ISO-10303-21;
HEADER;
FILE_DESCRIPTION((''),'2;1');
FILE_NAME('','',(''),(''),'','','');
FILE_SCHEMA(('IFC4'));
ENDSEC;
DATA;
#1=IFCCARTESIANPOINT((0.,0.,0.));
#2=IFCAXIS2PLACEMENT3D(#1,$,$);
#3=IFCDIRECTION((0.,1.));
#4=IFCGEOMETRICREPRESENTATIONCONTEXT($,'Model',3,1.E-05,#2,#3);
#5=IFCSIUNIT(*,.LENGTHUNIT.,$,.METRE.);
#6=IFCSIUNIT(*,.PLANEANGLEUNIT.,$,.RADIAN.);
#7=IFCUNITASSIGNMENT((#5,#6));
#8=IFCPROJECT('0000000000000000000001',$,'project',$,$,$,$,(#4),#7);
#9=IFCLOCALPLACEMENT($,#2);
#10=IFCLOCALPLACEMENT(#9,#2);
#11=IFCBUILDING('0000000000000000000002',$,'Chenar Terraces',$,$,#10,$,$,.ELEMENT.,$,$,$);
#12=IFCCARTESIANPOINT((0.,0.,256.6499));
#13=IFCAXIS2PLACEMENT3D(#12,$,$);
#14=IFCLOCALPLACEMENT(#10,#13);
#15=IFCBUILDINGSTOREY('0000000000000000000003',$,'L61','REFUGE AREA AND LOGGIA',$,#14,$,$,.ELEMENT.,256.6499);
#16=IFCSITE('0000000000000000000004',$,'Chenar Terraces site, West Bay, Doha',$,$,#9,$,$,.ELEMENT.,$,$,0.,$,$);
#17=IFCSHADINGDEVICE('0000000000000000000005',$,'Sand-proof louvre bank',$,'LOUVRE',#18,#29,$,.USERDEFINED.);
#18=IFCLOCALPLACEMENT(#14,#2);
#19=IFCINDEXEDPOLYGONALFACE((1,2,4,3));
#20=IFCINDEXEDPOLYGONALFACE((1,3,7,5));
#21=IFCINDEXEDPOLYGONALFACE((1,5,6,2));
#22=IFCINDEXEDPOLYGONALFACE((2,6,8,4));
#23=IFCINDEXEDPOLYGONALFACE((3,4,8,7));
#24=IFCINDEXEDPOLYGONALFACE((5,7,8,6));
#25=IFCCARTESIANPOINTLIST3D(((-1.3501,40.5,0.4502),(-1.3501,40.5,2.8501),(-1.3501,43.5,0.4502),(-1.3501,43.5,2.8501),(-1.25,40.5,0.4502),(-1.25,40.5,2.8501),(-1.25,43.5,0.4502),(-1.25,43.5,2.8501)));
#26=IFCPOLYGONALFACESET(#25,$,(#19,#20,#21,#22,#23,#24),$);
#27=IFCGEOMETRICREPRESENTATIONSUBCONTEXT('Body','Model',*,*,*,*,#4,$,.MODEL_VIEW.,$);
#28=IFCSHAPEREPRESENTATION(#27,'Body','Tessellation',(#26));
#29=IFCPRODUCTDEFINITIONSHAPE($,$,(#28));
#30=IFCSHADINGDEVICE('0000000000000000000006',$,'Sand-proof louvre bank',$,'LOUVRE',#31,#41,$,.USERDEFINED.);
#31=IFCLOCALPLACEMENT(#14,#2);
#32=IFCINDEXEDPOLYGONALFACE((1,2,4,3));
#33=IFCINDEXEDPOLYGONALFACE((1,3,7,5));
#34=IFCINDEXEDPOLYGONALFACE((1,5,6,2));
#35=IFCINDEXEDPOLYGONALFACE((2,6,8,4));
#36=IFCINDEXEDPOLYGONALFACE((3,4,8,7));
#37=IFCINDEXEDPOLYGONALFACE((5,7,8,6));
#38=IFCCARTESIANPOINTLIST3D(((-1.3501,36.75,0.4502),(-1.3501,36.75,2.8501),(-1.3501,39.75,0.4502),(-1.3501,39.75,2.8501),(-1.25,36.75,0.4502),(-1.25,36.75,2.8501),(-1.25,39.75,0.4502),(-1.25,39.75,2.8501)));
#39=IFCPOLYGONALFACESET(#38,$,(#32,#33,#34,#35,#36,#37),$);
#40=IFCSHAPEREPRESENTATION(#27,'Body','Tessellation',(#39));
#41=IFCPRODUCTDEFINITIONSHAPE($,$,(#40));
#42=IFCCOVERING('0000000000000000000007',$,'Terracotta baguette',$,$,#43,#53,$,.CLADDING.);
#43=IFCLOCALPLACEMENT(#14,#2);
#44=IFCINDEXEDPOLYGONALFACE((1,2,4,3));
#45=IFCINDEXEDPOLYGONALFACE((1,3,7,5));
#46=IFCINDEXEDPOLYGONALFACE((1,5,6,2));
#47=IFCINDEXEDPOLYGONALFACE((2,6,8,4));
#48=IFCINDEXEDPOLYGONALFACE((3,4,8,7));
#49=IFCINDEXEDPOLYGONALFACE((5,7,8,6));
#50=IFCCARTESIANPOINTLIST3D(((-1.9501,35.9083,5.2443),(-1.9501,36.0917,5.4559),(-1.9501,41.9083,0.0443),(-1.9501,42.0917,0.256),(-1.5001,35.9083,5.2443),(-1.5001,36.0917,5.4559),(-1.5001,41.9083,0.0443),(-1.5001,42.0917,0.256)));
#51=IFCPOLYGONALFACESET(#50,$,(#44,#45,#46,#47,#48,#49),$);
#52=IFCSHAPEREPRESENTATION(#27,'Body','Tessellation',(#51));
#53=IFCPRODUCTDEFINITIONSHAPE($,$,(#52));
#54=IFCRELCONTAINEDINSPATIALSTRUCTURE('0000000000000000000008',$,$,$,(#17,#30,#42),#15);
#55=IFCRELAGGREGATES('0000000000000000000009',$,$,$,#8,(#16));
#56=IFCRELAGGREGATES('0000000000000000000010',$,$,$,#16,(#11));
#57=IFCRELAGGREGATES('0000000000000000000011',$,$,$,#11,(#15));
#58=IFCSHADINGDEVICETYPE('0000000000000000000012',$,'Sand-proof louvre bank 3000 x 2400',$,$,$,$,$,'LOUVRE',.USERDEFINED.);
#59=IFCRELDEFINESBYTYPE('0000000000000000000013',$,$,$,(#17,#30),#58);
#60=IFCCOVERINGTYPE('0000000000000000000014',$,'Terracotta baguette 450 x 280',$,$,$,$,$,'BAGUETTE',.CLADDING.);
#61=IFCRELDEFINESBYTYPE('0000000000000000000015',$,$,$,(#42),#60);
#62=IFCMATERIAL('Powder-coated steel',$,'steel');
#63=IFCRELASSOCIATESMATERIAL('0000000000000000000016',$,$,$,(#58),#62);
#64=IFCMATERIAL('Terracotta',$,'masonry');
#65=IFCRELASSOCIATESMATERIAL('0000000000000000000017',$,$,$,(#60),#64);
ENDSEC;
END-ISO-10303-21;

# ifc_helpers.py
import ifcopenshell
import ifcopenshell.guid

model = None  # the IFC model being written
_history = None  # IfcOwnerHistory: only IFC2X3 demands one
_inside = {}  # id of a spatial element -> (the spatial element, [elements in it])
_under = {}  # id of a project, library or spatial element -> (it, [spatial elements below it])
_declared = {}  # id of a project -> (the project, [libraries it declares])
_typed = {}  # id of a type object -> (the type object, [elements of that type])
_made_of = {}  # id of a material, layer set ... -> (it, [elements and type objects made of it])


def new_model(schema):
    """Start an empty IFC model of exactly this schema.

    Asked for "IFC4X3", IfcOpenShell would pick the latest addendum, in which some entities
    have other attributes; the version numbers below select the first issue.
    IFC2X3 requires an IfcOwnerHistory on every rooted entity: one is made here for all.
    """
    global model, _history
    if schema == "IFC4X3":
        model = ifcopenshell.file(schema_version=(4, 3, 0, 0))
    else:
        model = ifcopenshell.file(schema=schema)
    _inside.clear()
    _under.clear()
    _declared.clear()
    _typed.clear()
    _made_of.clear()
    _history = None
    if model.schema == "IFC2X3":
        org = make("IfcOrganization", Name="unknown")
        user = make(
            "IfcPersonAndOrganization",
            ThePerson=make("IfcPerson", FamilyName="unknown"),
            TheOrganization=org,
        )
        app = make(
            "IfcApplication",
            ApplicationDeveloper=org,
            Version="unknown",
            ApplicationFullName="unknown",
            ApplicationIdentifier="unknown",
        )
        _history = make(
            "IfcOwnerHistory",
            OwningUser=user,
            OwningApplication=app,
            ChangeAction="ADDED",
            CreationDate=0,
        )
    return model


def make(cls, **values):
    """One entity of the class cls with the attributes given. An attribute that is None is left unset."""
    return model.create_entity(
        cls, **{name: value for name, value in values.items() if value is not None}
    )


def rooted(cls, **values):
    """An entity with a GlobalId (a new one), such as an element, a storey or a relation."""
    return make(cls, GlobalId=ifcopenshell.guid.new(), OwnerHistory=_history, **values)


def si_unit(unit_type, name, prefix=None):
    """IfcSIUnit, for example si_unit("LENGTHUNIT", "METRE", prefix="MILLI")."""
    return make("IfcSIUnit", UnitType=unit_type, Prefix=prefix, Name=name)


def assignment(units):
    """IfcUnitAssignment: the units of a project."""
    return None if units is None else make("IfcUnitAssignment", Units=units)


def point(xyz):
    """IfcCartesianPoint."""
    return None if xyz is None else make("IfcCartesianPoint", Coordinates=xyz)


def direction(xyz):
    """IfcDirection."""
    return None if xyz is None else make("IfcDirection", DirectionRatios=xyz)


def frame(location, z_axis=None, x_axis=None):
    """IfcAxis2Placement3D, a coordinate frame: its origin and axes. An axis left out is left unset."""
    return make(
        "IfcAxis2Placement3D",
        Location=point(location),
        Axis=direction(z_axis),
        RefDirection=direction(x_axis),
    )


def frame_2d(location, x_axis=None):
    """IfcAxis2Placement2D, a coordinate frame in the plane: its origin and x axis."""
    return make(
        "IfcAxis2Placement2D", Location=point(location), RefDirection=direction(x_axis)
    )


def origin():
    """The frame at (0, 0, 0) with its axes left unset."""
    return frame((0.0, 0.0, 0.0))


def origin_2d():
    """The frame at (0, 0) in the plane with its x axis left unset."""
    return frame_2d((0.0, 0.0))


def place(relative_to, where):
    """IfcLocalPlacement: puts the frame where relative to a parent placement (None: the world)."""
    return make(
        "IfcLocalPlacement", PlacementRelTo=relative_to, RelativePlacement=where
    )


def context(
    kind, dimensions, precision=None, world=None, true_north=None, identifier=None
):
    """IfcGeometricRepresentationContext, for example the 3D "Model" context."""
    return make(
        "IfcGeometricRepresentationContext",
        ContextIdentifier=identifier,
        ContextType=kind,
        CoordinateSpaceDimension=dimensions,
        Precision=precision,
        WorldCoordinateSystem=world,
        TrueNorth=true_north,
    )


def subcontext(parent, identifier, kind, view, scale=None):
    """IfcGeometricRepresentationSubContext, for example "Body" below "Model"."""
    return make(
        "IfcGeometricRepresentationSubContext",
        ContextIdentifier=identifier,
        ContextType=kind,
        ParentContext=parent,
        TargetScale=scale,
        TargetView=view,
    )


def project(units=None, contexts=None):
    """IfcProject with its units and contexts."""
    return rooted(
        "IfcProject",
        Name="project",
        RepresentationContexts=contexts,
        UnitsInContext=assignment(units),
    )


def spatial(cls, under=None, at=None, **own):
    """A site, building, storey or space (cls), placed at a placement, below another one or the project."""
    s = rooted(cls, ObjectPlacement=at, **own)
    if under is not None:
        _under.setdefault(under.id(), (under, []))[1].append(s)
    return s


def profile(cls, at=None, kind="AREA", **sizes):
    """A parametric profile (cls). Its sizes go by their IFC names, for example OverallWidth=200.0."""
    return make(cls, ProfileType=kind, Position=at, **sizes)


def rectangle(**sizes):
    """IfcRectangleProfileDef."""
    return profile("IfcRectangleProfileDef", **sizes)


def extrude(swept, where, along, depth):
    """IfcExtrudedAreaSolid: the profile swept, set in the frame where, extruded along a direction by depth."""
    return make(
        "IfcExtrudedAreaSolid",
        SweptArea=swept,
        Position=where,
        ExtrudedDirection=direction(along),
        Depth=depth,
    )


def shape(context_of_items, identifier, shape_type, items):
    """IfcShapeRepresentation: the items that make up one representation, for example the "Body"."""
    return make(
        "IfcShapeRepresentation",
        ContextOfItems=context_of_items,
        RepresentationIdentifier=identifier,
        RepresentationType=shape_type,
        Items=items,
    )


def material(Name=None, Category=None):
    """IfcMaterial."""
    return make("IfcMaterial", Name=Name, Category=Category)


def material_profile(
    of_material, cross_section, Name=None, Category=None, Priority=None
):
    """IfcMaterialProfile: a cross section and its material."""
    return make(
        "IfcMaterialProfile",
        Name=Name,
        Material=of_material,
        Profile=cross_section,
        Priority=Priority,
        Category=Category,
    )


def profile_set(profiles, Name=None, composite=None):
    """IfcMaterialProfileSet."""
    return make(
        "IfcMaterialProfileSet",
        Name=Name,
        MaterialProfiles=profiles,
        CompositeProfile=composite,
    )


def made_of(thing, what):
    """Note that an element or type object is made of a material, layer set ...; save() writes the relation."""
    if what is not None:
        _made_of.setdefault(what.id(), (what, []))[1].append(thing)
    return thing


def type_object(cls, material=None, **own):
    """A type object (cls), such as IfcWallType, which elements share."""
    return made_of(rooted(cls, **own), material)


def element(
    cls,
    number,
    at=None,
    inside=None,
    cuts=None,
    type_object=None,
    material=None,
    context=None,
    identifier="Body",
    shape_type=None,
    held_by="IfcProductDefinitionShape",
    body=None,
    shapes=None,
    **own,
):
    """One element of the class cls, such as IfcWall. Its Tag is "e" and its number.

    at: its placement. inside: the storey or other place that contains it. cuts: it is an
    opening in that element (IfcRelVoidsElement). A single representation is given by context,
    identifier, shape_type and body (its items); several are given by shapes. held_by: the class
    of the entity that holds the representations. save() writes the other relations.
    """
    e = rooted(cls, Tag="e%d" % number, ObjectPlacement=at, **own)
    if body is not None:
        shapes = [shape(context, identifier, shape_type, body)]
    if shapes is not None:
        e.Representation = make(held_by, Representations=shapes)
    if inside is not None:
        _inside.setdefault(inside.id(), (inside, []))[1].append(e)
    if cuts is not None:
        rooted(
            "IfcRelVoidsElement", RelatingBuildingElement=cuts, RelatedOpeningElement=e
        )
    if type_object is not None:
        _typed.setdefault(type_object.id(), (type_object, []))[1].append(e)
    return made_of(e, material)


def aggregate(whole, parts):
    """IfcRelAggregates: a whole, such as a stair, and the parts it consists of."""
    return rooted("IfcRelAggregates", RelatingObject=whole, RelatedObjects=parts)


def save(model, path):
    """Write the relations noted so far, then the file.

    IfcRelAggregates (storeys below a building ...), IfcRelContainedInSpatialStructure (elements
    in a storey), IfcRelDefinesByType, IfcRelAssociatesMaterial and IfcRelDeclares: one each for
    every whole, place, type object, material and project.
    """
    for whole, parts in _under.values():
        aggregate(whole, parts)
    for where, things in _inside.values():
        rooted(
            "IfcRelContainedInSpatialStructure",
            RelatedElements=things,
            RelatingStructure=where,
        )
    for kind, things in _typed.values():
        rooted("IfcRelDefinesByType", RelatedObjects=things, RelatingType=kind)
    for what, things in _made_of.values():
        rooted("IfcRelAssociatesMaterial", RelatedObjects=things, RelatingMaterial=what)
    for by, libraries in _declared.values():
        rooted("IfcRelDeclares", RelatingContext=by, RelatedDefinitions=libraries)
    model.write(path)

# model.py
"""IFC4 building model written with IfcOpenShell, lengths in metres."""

from ifc_helpers import new_model, si_unit, direction, frame, origin, origin_2d, place, context, subcontext, project, spatial, rectangle, extrude, material, material_profile, profile_set, type_object, element, save


model = new_model("IFC4")

# Units and contexts
model_context = context("Model", 3, precision=1e-05, world=origin(), true_north=direction((0.0, 1.0)))
body_context = subcontext(model_context, "Body", "Model", "MODEL_VIEW")
ifc_project = project(units=[si_unit("LENGTHUNIT", "METRE"), si_unit("PLANEANGLEUNIT", "RADIAN")], contexts=[model_context])

# Site, building, storey
site_placement = place(None, origin())
site = spatial("IfcSite", under=ifc_project, at=site_placement, Name="Chenar Terraces site, West Bay, Doha", CompositionType="ELEMENT", RefElevation=0.0)
building_placement = place(site_placement, origin())
building = spatial("IfcBuilding", under=site, at=building_placement, Name="Chenar Terraces", CompositionType="ELEMENT")
storey_placement = place(building_placement, frame((0.0, 0.0, 256.6499)))
storey = spatial("IfcBuildingStorey", under=building, at=storey_placement, Name="L61", Description="REFUGE AREA AND LOGGIA", CompositionType="ELEMENT", Elevation=256.6499)

# Shading devices
ifc_material_1 = material(Name="Powder-coated steel", Category="steel")
shading_device_type = type_object("IfcShadingDeviceType", Name="Sand-proof louvre bank 3000 x 2400", ElementType="LOUVRE", PredefinedType="USERDEFINED", material=ifc_material_1)
for number, where, z_axis, x_axis, name in (
    (1, (-1.3, 42.0, 0.4502), (0.0, 0.0, 1.0), (0.0, -1.0, 0.0), "Sand-proof louvre bank"),
    (2, (-1.3, 38.25, 0.4502), (0.0, 0.0, 1.0), (0.0, -1.0, 0.0), "Sand-proof louvre bank"),
):
    element("IfcShadingDevice", number, at=place(storey_placement, frame(where, z_axis=z_axis, x_axis=x_axis)), inside=storey, type_object=shading_device_type, Name=name, ObjectType="LOUVRE", PredefinedType="USERDEFINED", context=body_context, shape_type="SweptSolid", body=[
        extrude(rectangle(XDim=3.0, YDim=0.1001, at=origin_2d()), origin(), (0.0, 0.0, 1.0), 2.3999),
    ])

# Covering
ifc_material_2 = material(Name="Terracotta", Category="masonry")
ifc_material_profile_1 = material_profile(ifc_material_2, rectangle(XDim=0.45, YDim=0.28, at=origin_2d()), Name="Terracotta baguette 450 x 280")
ifc_profile_set_1 = profile_set([ifc_material_profile_1], Name="Terracotta")
covering_type = type_object("IfcCoveringType", Name="Terracotta baguette 450 x 280", ElementType="BAGUETTE", PredefinedType="CLADDING", material=ifc_profile_set_1)
covering_placement = place(storey_placement, frame((-1.7251, 42.0, 0.1501), z_axis=(0.0, -0.755692, 0.654927), x_axis=(1.0, 0.0, 0.0)))
element("IfcCovering", 3, at=covering_placement, inside=storey, type_object=covering_type, Name="Terracotta baguette", PredefinedType="CLADDING", context=body_context, shape_type="SweptSolid", body=[
    extrude(rectangle(XDim=0.45, YDim=0.28, at=origin_2d()), origin(), (0.0, 0.0, 1.0), 7.9397),
])

save(model, "model.ifc")
